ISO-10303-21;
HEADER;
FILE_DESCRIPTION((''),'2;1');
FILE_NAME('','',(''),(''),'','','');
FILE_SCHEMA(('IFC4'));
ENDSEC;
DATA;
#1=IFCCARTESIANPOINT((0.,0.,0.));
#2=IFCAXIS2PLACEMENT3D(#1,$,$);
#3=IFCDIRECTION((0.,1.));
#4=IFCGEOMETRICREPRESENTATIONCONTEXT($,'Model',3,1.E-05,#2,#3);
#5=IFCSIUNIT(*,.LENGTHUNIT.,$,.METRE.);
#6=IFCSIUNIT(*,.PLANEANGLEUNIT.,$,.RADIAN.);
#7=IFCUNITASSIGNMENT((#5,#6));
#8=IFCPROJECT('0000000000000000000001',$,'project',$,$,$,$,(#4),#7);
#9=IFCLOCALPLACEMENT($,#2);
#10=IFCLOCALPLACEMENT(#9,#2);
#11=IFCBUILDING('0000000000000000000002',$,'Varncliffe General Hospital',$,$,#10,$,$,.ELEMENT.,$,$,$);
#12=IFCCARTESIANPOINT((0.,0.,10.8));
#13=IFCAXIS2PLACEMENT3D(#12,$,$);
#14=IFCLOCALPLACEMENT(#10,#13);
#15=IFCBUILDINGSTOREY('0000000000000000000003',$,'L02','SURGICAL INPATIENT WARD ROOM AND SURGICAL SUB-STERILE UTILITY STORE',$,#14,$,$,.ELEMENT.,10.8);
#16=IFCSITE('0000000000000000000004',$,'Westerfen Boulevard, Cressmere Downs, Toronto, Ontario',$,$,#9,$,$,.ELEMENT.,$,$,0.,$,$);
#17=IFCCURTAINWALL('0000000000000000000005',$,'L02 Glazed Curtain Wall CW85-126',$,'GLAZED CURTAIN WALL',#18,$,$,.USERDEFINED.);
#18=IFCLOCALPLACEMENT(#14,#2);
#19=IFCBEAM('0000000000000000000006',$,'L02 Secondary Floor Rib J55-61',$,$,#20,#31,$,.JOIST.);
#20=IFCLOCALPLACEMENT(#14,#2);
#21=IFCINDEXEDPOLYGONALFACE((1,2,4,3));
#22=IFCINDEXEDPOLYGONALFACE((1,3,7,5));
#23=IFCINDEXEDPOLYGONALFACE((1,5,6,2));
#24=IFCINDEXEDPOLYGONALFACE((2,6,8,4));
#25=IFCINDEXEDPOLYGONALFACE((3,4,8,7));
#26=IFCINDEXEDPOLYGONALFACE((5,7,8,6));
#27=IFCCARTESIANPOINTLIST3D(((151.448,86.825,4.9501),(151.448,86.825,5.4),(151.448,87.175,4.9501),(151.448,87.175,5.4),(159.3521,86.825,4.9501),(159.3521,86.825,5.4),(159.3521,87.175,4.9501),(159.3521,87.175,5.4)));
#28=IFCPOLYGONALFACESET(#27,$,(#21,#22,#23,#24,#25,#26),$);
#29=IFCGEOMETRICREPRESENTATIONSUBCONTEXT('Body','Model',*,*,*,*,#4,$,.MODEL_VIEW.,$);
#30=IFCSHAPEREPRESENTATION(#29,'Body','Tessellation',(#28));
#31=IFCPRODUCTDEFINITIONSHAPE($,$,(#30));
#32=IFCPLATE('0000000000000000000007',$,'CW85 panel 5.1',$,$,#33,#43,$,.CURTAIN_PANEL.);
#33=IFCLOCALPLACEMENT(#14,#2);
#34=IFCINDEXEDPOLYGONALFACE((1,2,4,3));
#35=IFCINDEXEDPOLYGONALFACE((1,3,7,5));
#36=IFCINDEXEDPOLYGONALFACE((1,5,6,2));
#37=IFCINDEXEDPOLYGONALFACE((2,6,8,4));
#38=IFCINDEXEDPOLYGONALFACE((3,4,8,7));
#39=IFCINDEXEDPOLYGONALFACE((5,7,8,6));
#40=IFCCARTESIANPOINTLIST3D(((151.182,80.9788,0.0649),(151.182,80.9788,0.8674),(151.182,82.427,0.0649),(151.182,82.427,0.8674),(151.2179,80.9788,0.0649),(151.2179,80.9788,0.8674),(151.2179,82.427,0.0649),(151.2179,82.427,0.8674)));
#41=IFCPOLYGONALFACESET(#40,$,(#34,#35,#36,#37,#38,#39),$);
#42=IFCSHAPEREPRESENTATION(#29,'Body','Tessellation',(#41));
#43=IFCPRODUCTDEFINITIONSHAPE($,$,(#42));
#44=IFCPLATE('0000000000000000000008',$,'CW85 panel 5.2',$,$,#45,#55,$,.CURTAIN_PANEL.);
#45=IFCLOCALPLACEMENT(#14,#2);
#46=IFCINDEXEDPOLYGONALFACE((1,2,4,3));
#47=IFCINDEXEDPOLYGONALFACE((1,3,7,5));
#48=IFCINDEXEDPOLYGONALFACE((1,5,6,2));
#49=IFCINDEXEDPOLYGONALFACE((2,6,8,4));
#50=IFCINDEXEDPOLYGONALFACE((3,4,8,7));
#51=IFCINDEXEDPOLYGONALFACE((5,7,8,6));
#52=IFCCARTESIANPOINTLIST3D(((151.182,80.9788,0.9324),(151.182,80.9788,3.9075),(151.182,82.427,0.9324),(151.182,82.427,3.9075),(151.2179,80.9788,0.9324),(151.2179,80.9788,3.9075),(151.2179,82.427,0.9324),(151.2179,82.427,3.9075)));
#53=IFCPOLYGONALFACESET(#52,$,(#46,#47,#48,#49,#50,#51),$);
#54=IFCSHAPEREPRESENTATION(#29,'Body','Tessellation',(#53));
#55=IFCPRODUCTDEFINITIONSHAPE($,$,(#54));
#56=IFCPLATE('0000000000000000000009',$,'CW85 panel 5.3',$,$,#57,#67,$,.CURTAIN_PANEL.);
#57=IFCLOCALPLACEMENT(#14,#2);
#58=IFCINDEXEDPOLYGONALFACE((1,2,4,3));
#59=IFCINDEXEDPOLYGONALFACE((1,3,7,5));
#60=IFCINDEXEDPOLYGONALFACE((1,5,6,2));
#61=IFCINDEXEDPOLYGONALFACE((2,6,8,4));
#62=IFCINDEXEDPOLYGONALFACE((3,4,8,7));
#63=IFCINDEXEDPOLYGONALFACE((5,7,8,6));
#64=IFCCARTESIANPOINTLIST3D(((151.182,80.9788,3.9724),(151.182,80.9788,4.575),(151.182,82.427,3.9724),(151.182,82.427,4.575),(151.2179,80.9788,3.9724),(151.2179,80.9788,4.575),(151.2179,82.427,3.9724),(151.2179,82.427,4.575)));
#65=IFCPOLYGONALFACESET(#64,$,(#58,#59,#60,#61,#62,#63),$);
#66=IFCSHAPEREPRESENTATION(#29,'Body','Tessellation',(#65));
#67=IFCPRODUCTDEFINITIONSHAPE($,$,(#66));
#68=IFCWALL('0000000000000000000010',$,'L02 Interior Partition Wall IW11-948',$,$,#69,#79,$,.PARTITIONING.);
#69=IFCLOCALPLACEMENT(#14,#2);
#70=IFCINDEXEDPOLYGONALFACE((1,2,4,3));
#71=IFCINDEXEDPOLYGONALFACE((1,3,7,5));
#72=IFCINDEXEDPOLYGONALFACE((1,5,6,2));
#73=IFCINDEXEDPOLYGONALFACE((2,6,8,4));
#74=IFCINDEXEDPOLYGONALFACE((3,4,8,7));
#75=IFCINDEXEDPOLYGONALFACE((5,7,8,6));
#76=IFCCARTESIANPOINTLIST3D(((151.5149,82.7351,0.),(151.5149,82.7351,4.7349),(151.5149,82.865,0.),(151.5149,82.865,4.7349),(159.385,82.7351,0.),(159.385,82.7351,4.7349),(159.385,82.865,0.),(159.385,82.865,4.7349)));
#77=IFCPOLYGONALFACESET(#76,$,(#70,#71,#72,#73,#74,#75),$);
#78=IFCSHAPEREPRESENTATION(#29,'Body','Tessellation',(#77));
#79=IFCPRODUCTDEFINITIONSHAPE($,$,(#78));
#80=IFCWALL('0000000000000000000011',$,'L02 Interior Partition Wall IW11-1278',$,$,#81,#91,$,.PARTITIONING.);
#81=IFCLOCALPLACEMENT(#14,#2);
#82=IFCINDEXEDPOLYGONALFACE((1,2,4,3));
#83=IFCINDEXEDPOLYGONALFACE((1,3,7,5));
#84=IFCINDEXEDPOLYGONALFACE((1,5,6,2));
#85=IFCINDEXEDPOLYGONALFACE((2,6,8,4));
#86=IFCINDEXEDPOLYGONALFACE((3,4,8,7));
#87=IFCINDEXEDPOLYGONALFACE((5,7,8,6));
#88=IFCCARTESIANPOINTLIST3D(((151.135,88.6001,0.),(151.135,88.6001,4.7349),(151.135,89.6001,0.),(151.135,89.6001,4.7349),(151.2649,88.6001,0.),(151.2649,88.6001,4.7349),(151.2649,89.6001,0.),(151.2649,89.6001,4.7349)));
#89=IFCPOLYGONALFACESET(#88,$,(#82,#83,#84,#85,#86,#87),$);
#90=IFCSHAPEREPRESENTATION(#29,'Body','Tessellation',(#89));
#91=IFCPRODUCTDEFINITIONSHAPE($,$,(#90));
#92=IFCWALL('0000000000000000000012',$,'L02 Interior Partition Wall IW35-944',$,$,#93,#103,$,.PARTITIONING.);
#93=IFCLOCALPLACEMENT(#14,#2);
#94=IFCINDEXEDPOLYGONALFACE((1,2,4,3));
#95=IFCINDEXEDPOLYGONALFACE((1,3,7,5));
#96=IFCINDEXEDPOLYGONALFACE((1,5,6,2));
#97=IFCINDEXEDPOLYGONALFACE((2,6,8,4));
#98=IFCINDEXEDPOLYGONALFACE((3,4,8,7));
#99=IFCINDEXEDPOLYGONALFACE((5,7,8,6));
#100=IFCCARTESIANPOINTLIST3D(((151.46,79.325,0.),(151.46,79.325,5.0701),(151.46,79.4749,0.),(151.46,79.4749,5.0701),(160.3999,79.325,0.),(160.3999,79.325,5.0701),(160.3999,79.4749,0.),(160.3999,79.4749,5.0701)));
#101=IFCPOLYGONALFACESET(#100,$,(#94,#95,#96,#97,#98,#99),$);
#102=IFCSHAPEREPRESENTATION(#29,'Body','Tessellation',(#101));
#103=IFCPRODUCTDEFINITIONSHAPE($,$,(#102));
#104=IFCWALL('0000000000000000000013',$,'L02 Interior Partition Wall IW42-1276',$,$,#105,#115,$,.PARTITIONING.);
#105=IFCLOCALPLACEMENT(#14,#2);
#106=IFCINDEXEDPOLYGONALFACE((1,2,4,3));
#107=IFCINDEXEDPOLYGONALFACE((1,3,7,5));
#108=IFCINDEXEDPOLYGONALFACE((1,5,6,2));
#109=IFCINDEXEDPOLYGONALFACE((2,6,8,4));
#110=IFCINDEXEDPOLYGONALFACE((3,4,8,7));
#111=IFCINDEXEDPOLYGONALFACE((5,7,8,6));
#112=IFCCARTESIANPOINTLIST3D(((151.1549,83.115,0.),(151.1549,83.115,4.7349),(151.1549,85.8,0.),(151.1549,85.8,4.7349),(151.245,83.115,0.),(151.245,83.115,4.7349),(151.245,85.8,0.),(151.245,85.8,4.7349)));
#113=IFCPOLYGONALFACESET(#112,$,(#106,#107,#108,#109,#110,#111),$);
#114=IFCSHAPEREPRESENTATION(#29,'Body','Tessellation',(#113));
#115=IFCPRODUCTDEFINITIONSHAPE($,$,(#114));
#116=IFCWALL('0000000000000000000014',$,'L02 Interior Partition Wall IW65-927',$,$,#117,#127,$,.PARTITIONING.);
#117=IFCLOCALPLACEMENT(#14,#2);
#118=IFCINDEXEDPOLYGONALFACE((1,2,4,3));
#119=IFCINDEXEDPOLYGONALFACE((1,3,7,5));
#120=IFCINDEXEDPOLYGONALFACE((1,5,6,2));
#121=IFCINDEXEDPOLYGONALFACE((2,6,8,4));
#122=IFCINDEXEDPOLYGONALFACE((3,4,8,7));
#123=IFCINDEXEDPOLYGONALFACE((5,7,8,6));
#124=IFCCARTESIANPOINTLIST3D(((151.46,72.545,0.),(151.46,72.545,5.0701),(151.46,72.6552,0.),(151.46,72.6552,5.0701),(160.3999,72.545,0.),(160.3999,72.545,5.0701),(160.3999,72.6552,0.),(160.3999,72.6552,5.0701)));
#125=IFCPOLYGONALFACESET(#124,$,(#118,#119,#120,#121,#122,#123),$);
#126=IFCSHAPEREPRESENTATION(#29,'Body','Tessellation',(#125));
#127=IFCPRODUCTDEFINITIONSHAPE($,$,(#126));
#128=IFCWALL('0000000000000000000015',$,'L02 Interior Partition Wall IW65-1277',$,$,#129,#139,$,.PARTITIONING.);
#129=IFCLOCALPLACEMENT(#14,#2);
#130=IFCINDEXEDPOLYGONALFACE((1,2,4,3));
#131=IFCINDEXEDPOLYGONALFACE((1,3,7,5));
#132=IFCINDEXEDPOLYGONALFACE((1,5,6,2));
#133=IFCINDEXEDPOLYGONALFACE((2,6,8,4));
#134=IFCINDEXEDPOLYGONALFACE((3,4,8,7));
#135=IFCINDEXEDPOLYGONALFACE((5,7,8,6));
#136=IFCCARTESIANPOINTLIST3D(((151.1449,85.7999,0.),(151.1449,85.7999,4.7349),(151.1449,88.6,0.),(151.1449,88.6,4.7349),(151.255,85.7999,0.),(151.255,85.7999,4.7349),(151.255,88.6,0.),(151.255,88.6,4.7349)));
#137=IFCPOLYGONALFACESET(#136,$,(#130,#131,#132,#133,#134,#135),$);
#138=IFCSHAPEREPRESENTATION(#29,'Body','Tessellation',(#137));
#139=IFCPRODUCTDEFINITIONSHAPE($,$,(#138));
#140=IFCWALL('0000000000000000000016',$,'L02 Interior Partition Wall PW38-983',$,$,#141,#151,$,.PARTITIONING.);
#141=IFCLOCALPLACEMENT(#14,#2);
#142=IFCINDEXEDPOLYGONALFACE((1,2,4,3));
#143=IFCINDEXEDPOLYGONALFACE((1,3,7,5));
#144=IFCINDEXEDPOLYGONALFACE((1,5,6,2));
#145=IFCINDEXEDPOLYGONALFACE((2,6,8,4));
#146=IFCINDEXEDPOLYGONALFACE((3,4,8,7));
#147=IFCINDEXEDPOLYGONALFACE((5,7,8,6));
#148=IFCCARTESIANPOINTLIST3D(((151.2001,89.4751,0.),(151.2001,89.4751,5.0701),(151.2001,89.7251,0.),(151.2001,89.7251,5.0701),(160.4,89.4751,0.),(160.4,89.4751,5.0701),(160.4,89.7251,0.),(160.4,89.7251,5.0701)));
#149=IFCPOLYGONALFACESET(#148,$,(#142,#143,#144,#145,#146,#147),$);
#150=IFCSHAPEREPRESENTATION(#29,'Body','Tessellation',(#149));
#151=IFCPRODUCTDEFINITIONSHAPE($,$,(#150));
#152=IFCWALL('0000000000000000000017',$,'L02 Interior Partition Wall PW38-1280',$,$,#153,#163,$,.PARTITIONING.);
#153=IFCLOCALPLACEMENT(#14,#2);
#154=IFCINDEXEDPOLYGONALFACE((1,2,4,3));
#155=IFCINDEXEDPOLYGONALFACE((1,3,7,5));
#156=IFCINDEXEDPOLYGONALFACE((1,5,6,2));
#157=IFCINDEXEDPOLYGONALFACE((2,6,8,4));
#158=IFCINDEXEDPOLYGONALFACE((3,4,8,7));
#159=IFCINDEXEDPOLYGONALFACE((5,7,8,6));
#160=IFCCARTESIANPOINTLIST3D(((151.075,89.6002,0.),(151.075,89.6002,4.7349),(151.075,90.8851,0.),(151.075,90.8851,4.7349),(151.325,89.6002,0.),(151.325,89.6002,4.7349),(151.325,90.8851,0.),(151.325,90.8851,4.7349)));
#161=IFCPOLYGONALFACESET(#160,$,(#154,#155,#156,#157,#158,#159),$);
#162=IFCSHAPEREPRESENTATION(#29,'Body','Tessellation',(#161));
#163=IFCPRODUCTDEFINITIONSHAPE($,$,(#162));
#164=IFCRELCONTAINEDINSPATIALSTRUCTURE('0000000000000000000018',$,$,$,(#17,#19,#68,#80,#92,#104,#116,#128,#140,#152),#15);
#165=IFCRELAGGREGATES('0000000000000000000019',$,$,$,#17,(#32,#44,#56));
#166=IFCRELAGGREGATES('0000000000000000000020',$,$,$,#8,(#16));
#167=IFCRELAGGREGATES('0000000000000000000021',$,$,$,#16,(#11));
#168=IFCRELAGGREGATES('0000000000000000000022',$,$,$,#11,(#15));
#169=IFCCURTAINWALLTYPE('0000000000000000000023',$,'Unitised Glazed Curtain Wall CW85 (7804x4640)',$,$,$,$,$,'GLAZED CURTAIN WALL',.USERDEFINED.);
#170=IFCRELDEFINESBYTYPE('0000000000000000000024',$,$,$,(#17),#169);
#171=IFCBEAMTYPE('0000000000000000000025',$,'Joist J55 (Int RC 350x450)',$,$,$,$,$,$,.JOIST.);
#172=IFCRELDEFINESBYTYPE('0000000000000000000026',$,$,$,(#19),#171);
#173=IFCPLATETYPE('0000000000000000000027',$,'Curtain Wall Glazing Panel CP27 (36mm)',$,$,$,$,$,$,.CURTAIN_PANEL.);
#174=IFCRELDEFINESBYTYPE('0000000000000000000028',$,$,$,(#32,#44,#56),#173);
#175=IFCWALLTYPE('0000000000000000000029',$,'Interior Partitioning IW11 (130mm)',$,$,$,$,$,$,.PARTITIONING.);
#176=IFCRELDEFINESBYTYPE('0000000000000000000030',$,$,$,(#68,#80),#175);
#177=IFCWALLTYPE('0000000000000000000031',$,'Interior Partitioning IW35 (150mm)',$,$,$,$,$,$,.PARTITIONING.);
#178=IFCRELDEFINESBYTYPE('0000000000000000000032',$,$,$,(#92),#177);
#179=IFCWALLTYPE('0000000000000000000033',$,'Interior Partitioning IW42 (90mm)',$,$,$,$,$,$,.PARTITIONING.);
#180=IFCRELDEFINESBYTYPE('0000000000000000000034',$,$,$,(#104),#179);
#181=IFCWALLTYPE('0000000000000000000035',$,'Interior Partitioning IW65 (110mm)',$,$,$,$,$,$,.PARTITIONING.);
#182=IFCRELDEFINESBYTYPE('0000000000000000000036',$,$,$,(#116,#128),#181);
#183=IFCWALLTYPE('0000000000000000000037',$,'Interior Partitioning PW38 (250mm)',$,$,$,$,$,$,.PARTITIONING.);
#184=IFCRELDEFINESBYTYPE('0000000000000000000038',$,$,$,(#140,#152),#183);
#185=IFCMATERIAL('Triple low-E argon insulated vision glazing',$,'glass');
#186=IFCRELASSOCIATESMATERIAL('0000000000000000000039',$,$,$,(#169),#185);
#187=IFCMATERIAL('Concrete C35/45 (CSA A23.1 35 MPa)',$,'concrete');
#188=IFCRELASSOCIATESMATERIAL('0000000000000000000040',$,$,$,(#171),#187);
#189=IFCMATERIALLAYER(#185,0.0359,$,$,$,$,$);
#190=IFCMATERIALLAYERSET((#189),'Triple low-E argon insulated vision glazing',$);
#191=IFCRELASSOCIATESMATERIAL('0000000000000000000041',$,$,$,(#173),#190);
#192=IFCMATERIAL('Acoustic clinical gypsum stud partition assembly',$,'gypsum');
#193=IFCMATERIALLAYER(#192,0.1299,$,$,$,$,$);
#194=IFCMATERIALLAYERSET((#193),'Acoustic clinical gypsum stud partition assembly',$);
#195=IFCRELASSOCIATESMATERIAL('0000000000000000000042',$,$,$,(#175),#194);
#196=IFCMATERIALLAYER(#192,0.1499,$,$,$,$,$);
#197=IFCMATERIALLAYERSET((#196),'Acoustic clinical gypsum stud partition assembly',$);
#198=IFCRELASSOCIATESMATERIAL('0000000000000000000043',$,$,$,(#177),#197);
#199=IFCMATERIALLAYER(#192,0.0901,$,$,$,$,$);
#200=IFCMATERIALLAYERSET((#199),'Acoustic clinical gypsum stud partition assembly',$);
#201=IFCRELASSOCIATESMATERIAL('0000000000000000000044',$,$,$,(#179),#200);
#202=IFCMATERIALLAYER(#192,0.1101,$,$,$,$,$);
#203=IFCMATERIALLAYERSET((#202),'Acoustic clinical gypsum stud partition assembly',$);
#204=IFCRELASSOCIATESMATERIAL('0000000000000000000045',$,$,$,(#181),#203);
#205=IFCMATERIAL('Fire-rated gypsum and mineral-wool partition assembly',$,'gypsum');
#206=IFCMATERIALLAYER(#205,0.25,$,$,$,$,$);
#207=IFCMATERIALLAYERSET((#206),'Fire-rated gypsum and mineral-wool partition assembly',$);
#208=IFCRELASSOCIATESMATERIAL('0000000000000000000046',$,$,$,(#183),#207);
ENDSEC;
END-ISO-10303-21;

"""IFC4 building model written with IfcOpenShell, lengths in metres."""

from ifc_helpers import new_model, si_unit, direction, frame, frame_2d, origin, origin_2d, place, context, subcontext, project, spatial, rectangle, extrude, material, layer, layer_set, material_profile, profile_set, type_object, element, aggregate, save


model = new_model("IFC4")

# Units and contexts
model_context = context("Model", 3, precision=1e-05, world=origin(), true_north=direction((0.0, 1.0)))
body_context = subcontext(model_context, "Body", "Model", "MODEL_VIEW")
ifc_project = project(units=[si_unit("LENGTHUNIT", "METRE"), si_unit("PLANEANGLEUNIT", "RADIAN")], contexts=[model_context])

# Site, building, storey
site_placement = place(None, origin())
site = spatial("IfcSite", under=ifc_project, at=site_placement, Name="Westerfen Boulevard, Cressmere Downs, Toronto, Ontario", CompositionType="ELEMENT", RefElevation=0.0)
building_placement = place(site_placement, origin())
building = spatial("IfcBuilding", under=site, at=building_placement, Name="Varncliffe General Hospital", CompositionType="ELEMENT")
storey_placement = place(building_placement, frame((0.0, 0.0, 10.8)))
storey = spatial("IfcBuildingStorey", under=building, at=storey_placement, Name="L02", Description="SURGICAL INPATIENT WARD ROOM AND SURGICAL SUB-STERILE UTILITY STORE", CompositionType="ELEMENT", Elevation=10.8)

# Shared definitions
ifc_material_1 = material(Name="Concrete C35/45 (CSA A23.1 35 MPa)", Category="concrete")

# Curtain wall
ifc_material_2 = material(Name="Triple low-E argon insulated vision glazing", Category="glass")
curtain_wall_type = type_object("IfcCurtainWallType", Name="Unitised Glazed Curtain Wall CW85 (7804x4640)", ElementType="GLAZED CURTAIN WALL", PredefinedType="USERDEFINED", material=ifc_material_2)
curtain_wall_placement = place(storey_placement, origin())
curtain_wall = element("IfcCurtainWall", 1, at=curtain_wall_placement, inside=storey, type_object=curtain_wall_type, Name="L02 Glazed Curtain Wall CW85-126", ObjectType="GLAZED CURTAIN WALL", PredefinedType="USERDEFINED")

# Beam
ifc_material_profile_1 = material_profile(ifc_material_1, rectangle(XDim=0.3501, YDim=0.45, at=origin_2d()), Name="RC 350x450")
ifc_profile_set_1 = profile_set([ifc_material_profile_1], Name="Concrete C35/45 (CSA A23.1 35 MPa)")
beam_type_1 = type_object("IfcBeamType", Name="Joist J55 (Int RC 350x450)", PredefinedType="JOIST", material=ifc_profile_set_1)
beam_1_placement = place(storey_placement, frame((151.448, 87.0, 5.175), z_axis=(1.0, 0.0, 0.0), x_axis=(0.0, 1.0, 0.0)))
element("IfcBeam", 2, at=beam_1_placement, inside=storey, type_object=beam_type_1, Name="L02 Secondary Floor Rib J55-61", PredefinedType="JOIST", context=body_context, shape_type="SweptSolid", body=[
    extrude(rectangle(XDim=0.3501, YDim=0.45, at=origin_2d()), origin(), (0.0, 0.0, 1.0), 7.9041),
])

# Plates
ifc_layer_1 = layer(ifc_material_2, 0.0359)
ifc_layer_set_1 = layer_set([ifc_layer_1], Name="Triple low-E argon insulated vision glazing")
plate_type = type_object("IfcPlateType", Name="Curtain Wall Glazing Panel CP27 (36mm)", PredefinedType="CURTAIN_PANEL", material=ifc_layer_set_1)
plate_1_placement = place(storey_placement, frame((151.2, 81.7029, 0.0649), z_axis=(0.0, 0.0, 1.0), x_axis=(0.0, 1.0, 0.0)))
plate_1 = element("IfcPlate", 3, at=plate_1_placement, type_object=plate_type, Name="CW85 panel 5.1", PredefinedType="CURTAIN_PANEL", context=body_context, shape_type="SweptSolid", body=[
    extrude(rectangle(XDim=1.4482, YDim=0.0359, at=origin_2d()), origin(), (0.0, 0.0, 1.0), 0.8025),
])
plate_2_placement = place(storey_placement, frame((151.2, 81.7029, 0.9324), z_axis=(0.0, 0.0, 1.0), x_axis=(0.0, 1.0, 0.0)))
plate_2 = element("IfcPlate", 4, at=plate_2_placement, type_object=plate_type, Name="CW85 panel 5.2", PredefinedType="CURTAIN_PANEL", context=body_context, shape_type="SweptSolid", body=[
    extrude(rectangle(XDim=1.4482, YDim=0.0359, at=origin_2d()), origin(), (0.0, 0.0, 1.0), 2.9751),
])
plate_3_placement = place(storey_placement, frame((151.2, 81.7029, 3.9724), z_axis=(0.0, 0.0, 1.0), x_axis=(0.0, 1.0, 0.0)))
plate_3 = element("IfcPlate", 5, at=plate_3_placement, type_object=plate_type, Name="CW85 panel 5.3", PredefinedType="CURTAIN_PANEL", context=body_context, shape_type="SweptSolid", body=[
    extrude(rectangle(XDim=1.4482, YDim=0.0359, at=origin_2d()), origin(), (0.0, 0.0, 1.0), 0.6025),
])
aggregate(curtain_wall, [plate_1, plate_2, plate_3])

# Walls
ifc_material_3 = material(Name="Acoustic clinical gypsum stud partition assembly", Category="gypsum")
ifc_layer_2 = layer(ifc_material_3, 0.1299)
ifc_layer_set_2 = layer_set([ifc_layer_2], Name="Acoustic clinical gypsum stud partition assembly")
wall_type_1 = type_object("IfcWallType", Name="Interior Partitioning IW11 (130mm)", PredefinedType="PARTITIONING", material=ifc_layer_set_2)
wall_1_placement = place(storey_placement, frame((151.5149, 82.8, 0.0), z_axis=(0.0, 0.0, 1.0), x_axis=(1.0, 0.0, 0.0)))
element("IfcWall", 6, at=wall_1_placement, inside=storey, type_object=wall_type_1, Name="L02 Interior Partition Wall IW11-948", PredefinedType="PARTITIONING", context=body_context, shape_type="SweptSolid", body=[
    extrude(rectangle(XDim=7.8701, YDim=0.1299, at=frame_2d((3.9351, 0.0))), origin(), (0.0, 0.0, 1.0), 4.7349),
])
wall_2_placement = place(storey_placement, frame((151.2, 88.6001, 0.0), z_axis=(0.0, 0.0, 1.0), x_axis=(0.0, 1.0, 0.0)))
element("IfcWall", 7, at=wall_2_placement, inside=storey, type_object=wall_type_1, Name="L02 Interior Partition Wall IW11-1278", PredefinedType="PARTITIONING", context=body_context, shape_type="SweptSolid", body=[
    extrude(rectangle(XDim=1.0, YDim=0.1299, at=frame_2d((0.5, 0.0))), origin(), (0.0, 0.0, 1.0), 4.7349),
])
ifc_layer_3 = layer(ifc_material_3, 0.1499)
ifc_layer_set_3 = layer_set([ifc_layer_3], Name="Acoustic clinical gypsum stud partition assembly")
wall_type_2 = type_object("IfcWallType", Name="Interior Partitioning IW35 (150mm)", PredefinedType="PARTITIONING", material=ifc_layer_set_3)
wall_3_placement = place(storey_placement, frame((151.46, 79.3999, 0.0), z_axis=(0.0, 0.0, 1.0), x_axis=(1.0, 0.0, 0.0)))
element("IfcWall", 8, at=wall_3_placement, inside=storey, type_object=wall_type_2, Name="L02 Interior Partition Wall IW35-944", PredefinedType="PARTITIONING", context=body_context, shape_type="SweptSolid", body=[
    extrude(rectangle(XDim=8.9399, YDim=0.1499, at=frame_2d((4.47, 0.0))), origin(), (0.0, 0.0, 1.0), 5.0701),
])
ifc_layer_4 = layer(ifc_material_3, 0.0901)
ifc_layer_set_4 = layer_set([ifc_layer_4], Name="Acoustic clinical gypsum stud partition assembly")
wall_type_3 = type_object("IfcWallType", Name="Interior Partitioning IW42 (90mm)", PredefinedType="PARTITIONING", material=ifc_layer_set_4)
wall_4_placement = place(storey_placement, frame((151.2, 83.115, 0.0), z_axis=(0.0, 0.0, 1.0), x_axis=(0.0, 1.0, 0.0)))
element("IfcWall", 9, at=wall_4_placement, inside=storey, type_object=wall_type_3, Name="L02 Interior Partition Wall IW42-1276", PredefinedType="PARTITIONING", context=body_context, shape_type="SweptSolid", body=[
    extrude(rectangle(XDim=2.6851, YDim=0.0901, at=frame_2d((1.3425, 0.0))), origin(), (0.0, 0.0, 1.0), 4.7349),
])
ifc_layer_5 = layer(ifc_material_3, 0.1101)
ifc_layer_set_5 = layer_set([ifc_layer_5], Name="Acoustic clinical gypsum stud partition assembly")
wall_type_4 = type_object("IfcWallType", Name="Interior Partitioning IW65 (110mm)", PredefinedType="PARTITIONING", material=ifc_layer_set_5)
wall_5_placement = place(storey_placement, frame((151.46, 72.6001, 0.0), z_axis=(0.0, 0.0, 1.0), x_axis=(1.0, 0.0, 0.0)))
element("IfcWall", 10, at=wall_5_placement, inside=storey, type_object=wall_type_4, Name="L02 Interior Partition Wall IW65-927", PredefinedType="PARTITIONING", context=body_context, shape_type="SweptSolid", body=[
    extrude(rectangle(XDim=8.9399, YDim=0.1101, at=frame_2d((4.47, 0.0))), origin(), (0.0, 0.0, 1.0), 5.0701),
])
wall_6_placement = place(storey_placement, frame((151.2, 85.8, 0.0), z_axis=(0.0, 0.0, 1.0), x_axis=(0.0, 1.0, 0.0)))
element("IfcWall", 11, at=wall_6_placement, inside=storey, type_object=wall_type_4, Name="L02 Interior Partition Wall IW65-1277", PredefinedType="PARTITIONING", context=body_context, shape_type="SweptSolid", body=[
    extrude(rectangle(XDim=2.8, YDim=0.1101, at=frame_2d((1.3999, 0.0))), origin(), (0.0, 0.0, 1.0), 4.7349),
])
ifc_material_4 = material(Name="Fire-rated gypsum and mineral-wool partition assembly", Category="gypsum")
ifc_layer_6 = layer(ifc_material_4, 0.25)
ifc_layer_set_6 = layer_set([ifc_layer_6], Name="Fire-rated gypsum and mineral-wool partition assembly")
wall_type_5 = type_object("IfcWallType", Name="Interior Partitioning PW38 (250mm)", PredefinedType="PARTITIONING", material=ifc_layer_set_6)
wall_7_placement = place(storey_placement, frame((151.2, 89.6001, 0.0), z_axis=(0.0, 0.0, 1.0), x_axis=(1.0, 0.0, 0.0)))
element("IfcWall", 12, at=wall_7_placement, inside=storey, type_object=wall_type_5, Name="L02 Interior Partition Wall PW38-983", PredefinedType="PARTITIONING", context=body_context, shape_type="SweptSolid", body=[
    extrude(rectangle(XDim=9.2, YDim=0.25, at=frame_2d((4.6001, 0.0))), origin(), (0.0, 0.0, 1.0), 5.0701),
])
wall_8_placement = place(storey_placement, frame((151.2, 89.6001, 0.0), z_axis=(0.0, 0.0, 1.0), x_axis=(0.0, 1.0, 0.0)))
element("IfcWall", 13, at=wall_8_placement, inside=storey, type_object=wall_type_5, Name="L02 Interior Partition Wall PW38-1280", PredefinedType="PARTITIONING", context=body_context, shape_type="SweptSolid", body=[
    extrude(rectangle(XDim=1.2849, YDim=0.25, at=frame_2d((0.6426, 0.0))), origin(), (0.0, 0.0, 1.0), 4.7349),
])

save(model, "model.ifc")
